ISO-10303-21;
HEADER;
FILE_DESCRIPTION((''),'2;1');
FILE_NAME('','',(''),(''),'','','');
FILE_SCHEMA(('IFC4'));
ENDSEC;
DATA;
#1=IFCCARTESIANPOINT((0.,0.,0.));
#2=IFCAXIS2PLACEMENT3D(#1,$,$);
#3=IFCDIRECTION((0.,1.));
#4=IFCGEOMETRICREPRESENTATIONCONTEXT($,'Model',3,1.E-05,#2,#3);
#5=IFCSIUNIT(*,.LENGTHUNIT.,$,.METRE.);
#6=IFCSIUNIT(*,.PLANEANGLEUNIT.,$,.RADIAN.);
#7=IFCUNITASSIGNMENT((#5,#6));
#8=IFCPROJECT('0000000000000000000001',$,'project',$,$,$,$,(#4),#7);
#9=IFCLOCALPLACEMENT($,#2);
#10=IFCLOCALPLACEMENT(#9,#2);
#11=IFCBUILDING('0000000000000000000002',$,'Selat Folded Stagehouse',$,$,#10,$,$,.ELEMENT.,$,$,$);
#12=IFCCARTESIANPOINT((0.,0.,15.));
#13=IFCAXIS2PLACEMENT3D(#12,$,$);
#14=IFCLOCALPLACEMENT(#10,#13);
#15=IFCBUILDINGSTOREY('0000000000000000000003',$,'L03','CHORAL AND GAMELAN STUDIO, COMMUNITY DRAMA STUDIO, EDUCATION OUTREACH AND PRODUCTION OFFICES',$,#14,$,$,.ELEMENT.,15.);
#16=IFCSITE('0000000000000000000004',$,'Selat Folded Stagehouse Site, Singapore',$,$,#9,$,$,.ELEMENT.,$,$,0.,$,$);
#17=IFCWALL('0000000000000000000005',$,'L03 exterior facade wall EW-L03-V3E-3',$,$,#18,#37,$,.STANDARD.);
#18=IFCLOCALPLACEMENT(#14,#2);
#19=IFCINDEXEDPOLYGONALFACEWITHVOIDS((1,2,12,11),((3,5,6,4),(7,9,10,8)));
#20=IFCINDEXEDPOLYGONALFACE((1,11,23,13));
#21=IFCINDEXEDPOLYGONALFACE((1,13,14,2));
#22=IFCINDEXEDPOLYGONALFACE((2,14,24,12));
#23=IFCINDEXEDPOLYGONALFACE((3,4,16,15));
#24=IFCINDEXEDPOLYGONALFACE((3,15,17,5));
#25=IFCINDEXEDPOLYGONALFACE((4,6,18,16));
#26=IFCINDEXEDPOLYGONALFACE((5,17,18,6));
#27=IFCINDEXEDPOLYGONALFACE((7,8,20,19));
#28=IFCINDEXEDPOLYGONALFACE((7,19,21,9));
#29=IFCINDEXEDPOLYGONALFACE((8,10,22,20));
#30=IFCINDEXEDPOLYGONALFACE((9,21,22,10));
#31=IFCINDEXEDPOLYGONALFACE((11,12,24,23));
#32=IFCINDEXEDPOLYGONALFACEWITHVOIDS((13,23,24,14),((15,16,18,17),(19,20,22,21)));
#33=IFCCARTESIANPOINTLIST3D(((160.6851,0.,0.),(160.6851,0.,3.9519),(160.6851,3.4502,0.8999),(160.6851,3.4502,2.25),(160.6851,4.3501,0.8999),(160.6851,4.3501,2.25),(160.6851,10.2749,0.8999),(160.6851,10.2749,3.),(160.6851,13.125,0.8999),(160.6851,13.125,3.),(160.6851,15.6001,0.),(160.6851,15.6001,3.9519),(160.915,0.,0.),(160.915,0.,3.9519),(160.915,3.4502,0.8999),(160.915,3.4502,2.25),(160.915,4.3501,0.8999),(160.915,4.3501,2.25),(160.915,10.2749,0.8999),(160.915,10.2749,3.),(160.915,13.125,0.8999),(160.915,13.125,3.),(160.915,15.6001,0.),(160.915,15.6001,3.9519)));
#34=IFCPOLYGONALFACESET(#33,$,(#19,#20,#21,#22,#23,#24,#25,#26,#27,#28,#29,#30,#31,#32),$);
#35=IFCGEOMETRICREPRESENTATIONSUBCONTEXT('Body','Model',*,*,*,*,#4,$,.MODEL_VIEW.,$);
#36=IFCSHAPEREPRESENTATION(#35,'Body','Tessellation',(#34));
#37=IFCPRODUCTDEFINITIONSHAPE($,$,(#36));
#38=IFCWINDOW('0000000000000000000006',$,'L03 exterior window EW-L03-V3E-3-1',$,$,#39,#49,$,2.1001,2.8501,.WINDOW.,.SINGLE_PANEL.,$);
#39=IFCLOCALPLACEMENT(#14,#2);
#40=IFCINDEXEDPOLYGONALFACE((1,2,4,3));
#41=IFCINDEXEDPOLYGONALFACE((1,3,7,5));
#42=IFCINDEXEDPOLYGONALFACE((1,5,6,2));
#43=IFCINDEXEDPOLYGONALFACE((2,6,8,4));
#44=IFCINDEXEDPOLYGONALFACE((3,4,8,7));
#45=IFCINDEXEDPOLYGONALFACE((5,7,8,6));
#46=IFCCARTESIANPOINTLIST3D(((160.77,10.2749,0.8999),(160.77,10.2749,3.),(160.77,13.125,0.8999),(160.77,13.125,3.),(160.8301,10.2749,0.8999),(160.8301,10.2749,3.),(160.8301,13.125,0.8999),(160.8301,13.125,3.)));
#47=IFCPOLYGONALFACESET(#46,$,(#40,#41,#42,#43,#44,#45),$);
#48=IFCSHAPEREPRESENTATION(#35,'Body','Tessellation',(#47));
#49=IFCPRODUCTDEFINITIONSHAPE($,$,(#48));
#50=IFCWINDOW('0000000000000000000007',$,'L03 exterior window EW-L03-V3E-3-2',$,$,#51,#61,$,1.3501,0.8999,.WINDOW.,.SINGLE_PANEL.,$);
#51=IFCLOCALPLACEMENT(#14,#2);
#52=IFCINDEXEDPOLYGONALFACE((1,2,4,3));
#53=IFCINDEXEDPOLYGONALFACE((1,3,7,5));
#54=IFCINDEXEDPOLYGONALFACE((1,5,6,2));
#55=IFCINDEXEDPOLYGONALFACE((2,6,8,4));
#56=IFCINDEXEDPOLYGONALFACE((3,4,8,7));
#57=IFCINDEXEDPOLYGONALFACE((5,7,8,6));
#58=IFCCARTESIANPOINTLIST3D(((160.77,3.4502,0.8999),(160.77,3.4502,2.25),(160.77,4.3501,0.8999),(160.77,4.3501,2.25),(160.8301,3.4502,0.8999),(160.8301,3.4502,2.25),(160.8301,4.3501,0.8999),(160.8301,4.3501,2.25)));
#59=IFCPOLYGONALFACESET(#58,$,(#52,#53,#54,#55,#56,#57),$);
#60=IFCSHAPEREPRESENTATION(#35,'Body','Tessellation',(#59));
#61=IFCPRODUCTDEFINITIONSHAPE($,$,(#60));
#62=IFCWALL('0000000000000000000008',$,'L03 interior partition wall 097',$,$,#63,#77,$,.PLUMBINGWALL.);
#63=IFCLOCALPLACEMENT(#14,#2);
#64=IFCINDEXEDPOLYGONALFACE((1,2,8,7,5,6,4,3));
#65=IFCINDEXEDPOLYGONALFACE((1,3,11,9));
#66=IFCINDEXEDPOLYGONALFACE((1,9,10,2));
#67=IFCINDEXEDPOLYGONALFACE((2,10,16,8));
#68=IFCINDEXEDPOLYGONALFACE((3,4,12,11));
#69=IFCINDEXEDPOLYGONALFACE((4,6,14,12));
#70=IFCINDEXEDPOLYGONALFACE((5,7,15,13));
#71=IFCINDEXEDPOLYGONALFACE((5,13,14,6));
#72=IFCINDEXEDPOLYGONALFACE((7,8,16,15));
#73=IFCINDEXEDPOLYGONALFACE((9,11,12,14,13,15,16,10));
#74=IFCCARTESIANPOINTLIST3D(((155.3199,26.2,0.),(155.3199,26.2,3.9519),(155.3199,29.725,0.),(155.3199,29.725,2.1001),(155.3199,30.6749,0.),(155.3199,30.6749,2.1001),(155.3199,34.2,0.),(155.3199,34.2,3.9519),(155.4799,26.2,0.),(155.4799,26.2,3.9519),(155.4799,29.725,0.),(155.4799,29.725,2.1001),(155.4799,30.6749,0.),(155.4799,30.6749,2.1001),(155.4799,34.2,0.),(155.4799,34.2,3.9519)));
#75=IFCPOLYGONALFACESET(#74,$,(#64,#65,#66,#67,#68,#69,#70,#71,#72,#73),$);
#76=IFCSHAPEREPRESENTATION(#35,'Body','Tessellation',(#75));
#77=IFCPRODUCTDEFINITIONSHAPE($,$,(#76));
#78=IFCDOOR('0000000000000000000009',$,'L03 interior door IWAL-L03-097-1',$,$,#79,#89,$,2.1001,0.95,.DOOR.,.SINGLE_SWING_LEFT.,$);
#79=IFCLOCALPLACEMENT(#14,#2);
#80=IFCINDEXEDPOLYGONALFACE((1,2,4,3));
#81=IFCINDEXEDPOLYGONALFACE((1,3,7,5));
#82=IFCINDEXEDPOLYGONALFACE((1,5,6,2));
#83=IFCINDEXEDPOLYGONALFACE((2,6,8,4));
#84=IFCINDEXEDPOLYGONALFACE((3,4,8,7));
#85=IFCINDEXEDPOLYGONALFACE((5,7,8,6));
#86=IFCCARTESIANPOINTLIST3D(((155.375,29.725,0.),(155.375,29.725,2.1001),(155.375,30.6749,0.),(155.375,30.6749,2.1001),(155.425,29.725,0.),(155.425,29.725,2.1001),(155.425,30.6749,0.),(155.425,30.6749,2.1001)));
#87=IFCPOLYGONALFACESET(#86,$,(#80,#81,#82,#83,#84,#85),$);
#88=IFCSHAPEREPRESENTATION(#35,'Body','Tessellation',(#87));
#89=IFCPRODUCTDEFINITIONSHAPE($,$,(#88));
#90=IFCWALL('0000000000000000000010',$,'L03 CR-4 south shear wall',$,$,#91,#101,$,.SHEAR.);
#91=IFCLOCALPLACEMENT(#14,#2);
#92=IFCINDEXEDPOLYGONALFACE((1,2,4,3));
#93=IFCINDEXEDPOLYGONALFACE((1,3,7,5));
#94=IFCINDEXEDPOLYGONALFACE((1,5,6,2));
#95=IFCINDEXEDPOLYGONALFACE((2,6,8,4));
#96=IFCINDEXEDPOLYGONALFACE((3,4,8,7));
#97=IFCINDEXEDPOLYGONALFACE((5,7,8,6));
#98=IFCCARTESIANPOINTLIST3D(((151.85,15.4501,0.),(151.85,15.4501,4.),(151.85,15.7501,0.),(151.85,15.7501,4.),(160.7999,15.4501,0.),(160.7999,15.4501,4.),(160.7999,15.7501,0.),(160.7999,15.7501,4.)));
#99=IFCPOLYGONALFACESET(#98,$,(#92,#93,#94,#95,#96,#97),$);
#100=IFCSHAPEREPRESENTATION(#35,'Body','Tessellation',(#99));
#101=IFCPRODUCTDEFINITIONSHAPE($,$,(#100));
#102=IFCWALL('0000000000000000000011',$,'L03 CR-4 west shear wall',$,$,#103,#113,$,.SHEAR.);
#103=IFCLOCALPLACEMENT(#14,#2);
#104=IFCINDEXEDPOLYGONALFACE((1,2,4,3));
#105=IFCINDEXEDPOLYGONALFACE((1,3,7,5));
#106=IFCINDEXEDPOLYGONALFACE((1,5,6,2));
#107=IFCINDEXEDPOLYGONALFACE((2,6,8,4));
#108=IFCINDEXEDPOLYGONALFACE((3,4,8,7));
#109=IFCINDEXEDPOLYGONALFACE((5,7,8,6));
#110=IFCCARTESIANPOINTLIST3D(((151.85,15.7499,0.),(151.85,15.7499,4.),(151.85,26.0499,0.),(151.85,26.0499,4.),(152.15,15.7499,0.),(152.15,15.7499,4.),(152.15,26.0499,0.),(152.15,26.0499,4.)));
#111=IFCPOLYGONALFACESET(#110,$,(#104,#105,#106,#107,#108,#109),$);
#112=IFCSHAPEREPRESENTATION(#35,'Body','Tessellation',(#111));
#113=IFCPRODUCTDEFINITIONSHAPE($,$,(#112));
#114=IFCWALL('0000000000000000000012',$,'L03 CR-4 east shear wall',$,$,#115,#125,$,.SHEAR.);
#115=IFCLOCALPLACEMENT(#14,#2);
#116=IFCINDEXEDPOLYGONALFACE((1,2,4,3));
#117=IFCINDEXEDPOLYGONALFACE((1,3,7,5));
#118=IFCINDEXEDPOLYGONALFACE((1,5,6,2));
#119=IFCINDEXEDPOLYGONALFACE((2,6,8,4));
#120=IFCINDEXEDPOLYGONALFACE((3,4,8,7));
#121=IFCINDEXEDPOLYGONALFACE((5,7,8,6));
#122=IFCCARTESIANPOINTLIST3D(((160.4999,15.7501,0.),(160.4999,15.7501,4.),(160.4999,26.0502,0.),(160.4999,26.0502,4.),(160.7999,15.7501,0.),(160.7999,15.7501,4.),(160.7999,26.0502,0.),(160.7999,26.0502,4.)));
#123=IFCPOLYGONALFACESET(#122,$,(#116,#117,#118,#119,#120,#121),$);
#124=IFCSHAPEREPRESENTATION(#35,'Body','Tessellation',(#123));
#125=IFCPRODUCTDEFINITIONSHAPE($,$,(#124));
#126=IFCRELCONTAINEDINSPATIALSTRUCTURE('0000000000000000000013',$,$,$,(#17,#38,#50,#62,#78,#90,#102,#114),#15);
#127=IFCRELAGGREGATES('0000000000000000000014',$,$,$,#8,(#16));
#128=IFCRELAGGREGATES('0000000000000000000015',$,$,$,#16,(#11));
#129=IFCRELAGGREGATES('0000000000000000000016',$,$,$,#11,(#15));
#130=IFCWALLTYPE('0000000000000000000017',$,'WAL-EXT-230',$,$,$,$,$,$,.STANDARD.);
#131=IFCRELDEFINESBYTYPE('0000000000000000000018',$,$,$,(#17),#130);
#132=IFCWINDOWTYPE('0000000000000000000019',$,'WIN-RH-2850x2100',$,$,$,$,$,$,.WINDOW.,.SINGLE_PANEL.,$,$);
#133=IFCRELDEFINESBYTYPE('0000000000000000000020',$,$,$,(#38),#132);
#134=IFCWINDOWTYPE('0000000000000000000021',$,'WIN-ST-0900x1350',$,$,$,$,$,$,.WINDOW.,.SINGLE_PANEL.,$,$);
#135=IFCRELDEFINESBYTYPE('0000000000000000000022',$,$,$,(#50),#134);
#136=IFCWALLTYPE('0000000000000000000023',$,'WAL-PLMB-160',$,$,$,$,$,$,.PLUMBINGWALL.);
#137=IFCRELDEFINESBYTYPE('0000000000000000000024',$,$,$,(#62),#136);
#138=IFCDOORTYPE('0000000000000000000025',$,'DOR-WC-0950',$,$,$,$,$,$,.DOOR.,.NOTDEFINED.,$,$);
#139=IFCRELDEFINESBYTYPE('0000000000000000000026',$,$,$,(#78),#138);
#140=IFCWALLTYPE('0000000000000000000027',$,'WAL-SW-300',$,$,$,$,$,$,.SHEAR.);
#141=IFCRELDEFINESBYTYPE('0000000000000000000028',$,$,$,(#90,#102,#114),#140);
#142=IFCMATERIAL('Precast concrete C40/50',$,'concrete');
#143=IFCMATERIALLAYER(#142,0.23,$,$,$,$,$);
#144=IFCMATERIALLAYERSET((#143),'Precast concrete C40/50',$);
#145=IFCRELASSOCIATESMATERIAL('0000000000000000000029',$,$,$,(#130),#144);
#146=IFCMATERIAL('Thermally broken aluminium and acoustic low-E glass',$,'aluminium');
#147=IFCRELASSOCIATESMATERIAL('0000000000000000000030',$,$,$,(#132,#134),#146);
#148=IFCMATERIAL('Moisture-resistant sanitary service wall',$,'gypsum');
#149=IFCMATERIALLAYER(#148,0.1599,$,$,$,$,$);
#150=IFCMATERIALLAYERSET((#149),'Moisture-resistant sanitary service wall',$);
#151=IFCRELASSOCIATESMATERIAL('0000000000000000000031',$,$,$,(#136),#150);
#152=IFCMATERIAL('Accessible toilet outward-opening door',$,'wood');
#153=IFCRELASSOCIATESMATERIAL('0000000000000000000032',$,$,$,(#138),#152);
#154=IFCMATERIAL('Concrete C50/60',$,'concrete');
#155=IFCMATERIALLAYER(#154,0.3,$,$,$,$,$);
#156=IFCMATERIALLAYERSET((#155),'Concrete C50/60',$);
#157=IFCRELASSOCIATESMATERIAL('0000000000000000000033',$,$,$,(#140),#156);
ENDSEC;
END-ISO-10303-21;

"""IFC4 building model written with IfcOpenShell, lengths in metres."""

from ifc_helpers import new_model, si_unit, direction, frame, frame_2d, origin, place, context, subcontext, project, spatial, rectangle, extrude, material, layer, layer_set, type_object, element, fill, save


model = new_model("IFC4")

# Units and contexts
model_context = context("Model", 3, precision=1e-05, world=origin(), true_north=direction((0.0, 1.0)))
body_context = subcontext(model_context, "Body", "Model", "MODEL_VIEW")
ifc_project = project(units=[si_unit("LENGTHUNIT", "METRE"), si_unit("PLANEANGLEUNIT", "RADIAN")], contexts=[model_context])

# Site, building, storey
site_placement = place(None, origin())
site = spatial("IfcSite", under=ifc_project, at=site_placement, Name="Selat Folded Stagehouse Site, Singapore", CompositionType="ELEMENT", RefElevation=0.0)
building_placement = place(site_placement, origin())
building = spatial("IfcBuilding", under=site, at=building_placement, Name="Selat Folded Stagehouse", CompositionType="ELEMENT")
storey_placement = place(building_placement, frame((0.0, 0.0, 15.0)))
storey = spatial("IfcBuildingStorey", under=building, at=storey_placement, Name="L03", Description="CHORAL AND GAMELAN STUDIO, COMMUNITY DRAMA STUDIO, EDUCATION OUTREACH AND PRODUCTION OFFICES", CompositionType="ELEMENT", Elevation=15.0)

# Shared definitions
ifc_material_1 = material(Name="Concrete C50/60", Category="concrete")

# Wall, openings, windows
ifc_material_2 = material(Name="Precast concrete C40/50", Category="concrete")
ifc_layer_1 = layer(ifc_material_2, 0.23)
ifc_layer_set_1 = layer_set([ifc_layer_1], Name="Precast concrete C40/50")
wall_type_1 = type_object("IfcWallType", Name="WAL-EXT-230", PredefinedType="STANDARD", material=ifc_layer_set_1)
ifc_material_3 = material(Name="Thermally broken aluminium and acoustic low-E glass", Category="aluminium")
wall_1_placement = place(storey_placement, frame((160.8, 15.6001, 0.0), z_axis=(0.0, 0.0, 1.0), x_axis=(0.0, -1.0, 0.0)))
wall_1 = element("IfcWall", 1, at=wall_1_placement, inside=storey, type_object=wall_type_1, Name="L03 exterior facade wall EW-L03-V3E-3", PredefinedType="STANDARD", context=body_context, shape_type="SweptSolid", body=[
    extrude(rectangle(XDim=15.6001, YDim=0.23, at=frame_2d((7.8, 0.0))), origin(), (0.0, 0.0, 1.0), 3.9519),
])
opening_1_placement = place(wall_1_placement, frame((2.4751, 0.0, 0.8999)))
opening_1 = element("IfcOpeningElement", 2, at=opening_1_placement, cuts=wall_1, PredefinedType="OPENING", context=body_context, shape_type="SweptSolid", body=[
    extrude(rectangle(XDim=2.8501, YDim=2.1001, at=frame_2d((1.425, 1.05))), frame((0.0, 0.125, 0.0), z_axis=(0.0, -1.0, 0.0), x_axis=(1.0, 0.0, 0.0)), (0.0, 0.0, 1.0), 0.25),
])
opening_2_placement = place(wall_1_placement, frame((11.25, 0.0, 0.8999)))
opening_2 = element("IfcOpeningElement", 3, at=opening_2_placement, cuts=wall_1, PredefinedType="OPENING", context=body_context, shape_type="SweptSolid", body=[
    extrude(rectangle(XDim=0.8999, YDim=1.3501, at=frame_2d((0.45, 0.675))), frame((0.0, 0.125, 0.0), z_axis=(0.0, -1.0, 0.0), x_axis=(1.0, 0.0, 0.0)), (0.0, 0.0, 1.0), 0.25),
])
window_type_1 = type_object("IfcWindowType", Name="WIN-RH-2850x2100", PartitioningType="SINGLE_PANEL", PredefinedType="WINDOW", material=ifc_material_3)
window_1_placement = place(opening_1_placement, origin())
window_1 = element("IfcWindow", 4, at=window_1_placement, inside=storey, type_object=window_type_1, Name="L03 exterior window EW-L03-V3E-3-1", OverallHeight=2.1001, OverallWidth=2.8501, PartitioningType="SINGLE_PANEL", PredefinedType="WINDOW", context=body_context, shape_type="SweptSolid", body=[
    extrude(rectangle(XDim=2.8501, YDim=2.1001, at=frame_2d((1.425, 1.05))), frame((0.0, 0.03, 0.0), z_axis=(0.0, -1.0, 0.0), x_axis=(1.0, 0.0, 0.0)), (0.0, 0.0, 1.0), 0.0601),
])
fill(opening_1, window_1)
window_type_2 = type_object("IfcWindowType", Name="WIN-ST-0900x1350", PartitioningType="SINGLE_PANEL", PredefinedType="WINDOW", material=ifc_material_3)
window_2_placement = place(opening_2_placement, origin())
window_2 = element("IfcWindow", 5, at=window_2_placement, inside=storey, type_object=window_type_2, Name="L03 exterior window EW-L03-V3E-3-2", OverallHeight=1.3501, OverallWidth=0.8999, PartitioningType="SINGLE_PANEL", PredefinedType="WINDOW", context=body_context, shape_type="SweptSolid", body=[
    extrude(rectangle(XDim=0.8999, YDim=1.3501, at=frame_2d((0.45, 0.675))), frame((0.0, 0.03, 0.0), z_axis=(0.0, -1.0, 0.0), x_axis=(1.0, 0.0, 0.0)), (0.0, 0.0, 1.0), 0.0601),
])
fill(opening_2, window_2)

# Wall, opening, door
ifc_material_4 = material(Name="Moisture-resistant sanitary service wall", Category="gypsum")
ifc_layer_2 = layer(ifc_material_4, 0.1599)
ifc_layer_set_2 = layer_set([ifc_layer_2], Name="Moisture-resistant sanitary service wall")
wall_type_2 = type_object("IfcWallType", Name="WAL-PLMB-160", PredefinedType="PLUMBINGWALL", material=ifc_layer_set_2)
wall_2_placement = place(storey_placement, frame((155.3999, 26.2, 0.0), z_axis=(0.0, 0.0, 1.0), x_axis=(0.0, 1.0, 0.0)))
wall_2 = element("IfcWall", 6, at=wall_2_placement, inside=storey, type_object=wall_type_2, Name="L03 interior partition wall 097", PredefinedType="PLUMBINGWALL", context=body_context, shape_type="SweptSolid", body=[
    extrude(rectangle(XDim=8.0, YDim=0.1599, at=frame_2d((4.0, 0.0))), origin(), (0.0, 0.0, 1.0), 3.9519),
])
opening_3_placement = place(wall_2_placement, frame((3.5249, 0.0, 0.0)))
opening_3 = element("IfcOpeningElement", 7, at=opening_3_placement, cuts=wall_2, PredefinedType="OPENING", context=body_context, shape_type="SweptSolid", body=[
    extrude(rectangle(XDim=0.95, YDim=2.1001, at=frame_2d((0.4751, 1.05))), frame((0.0, 0.0898, 0.0), z_axis=(0.0, -1.0, 0.0), x_axis=(1.0, 0.0, 0.0)), (0.0, 0.0, 1.0), 0.1799),
])
ifc_material_5 = material(Name="Accessible toilet outward-opening door", Category="wood")
door_type_1 = type_object("IfcDoorType", Name="DOR-WC-0950", OperationType="NOTDEFINED", PredefinedType="DOOR", material=ifc_material_5)
door_1_placement = place(opening_3_placement, origin())
door_1 = element("IfcDoor", 8, at=door_1_placement, inside=storey, type_object=door_type_1, Name="L03 interior door IWAL-L03-097-1", OperationType="SINGLE_SWING_LEFT", OverallHeight=2.1001, OverallWidth=0.95, PredefinedType="DOOR", context=body_context, shape_type="SweptSolid", body=[
    extrude(rectangle(XDim=0.95, YDim=2.1001, at=frame_2d((0.4751, 1.05))), frame((0.0, 0.0249, 0.0), z_axis=(0.0, -1.0, 0.0), x_axis=(1.0, 0.0, 0.0)), (0.0, 0.0, 1.0), 0.05),
])
fill(opening_3, door_1)

# Wall
ifc_layer_3 = layer(ifc_material_1, 0.3)
ifc_layer_set_3 = layer_set([ifc_layer_3], Name="Concrete C50/60")
wall_type_3 = type_object("IfcWallType", Name="WAL-SW-300", PredefinedType="SHEAR", material=ifc_layer_set_3)
wall_3_placement = place(storey_placement, frame((160.8, 15.6001, 0.0), z_axis=(0.0, 0.0, 1.0), x_axis=(-1.0, 0.0, 0.0)))
element("IfcWall", 9, at=wall_3_placement, inside=storey, type_object=wall_type_3, Name="L03 CR-4 south shear wall", PredefinedType="SHEAR", context=body_context, shape_type="SweptSolid", body=[
    extrude(rectangle(XDim=8.95, YDim=0.3, at=frame_2d((4.4751, 0.0))), origin(), (0.0, 0.0, 1.0), 4.0),
])

# Walls
for number, where, z_axis, x_axis, name in (
    (10, (152.0, 15.75, 0.0), (0.0, 0.0, 1.0), (0.0, 1.0, 0.0), "L03 CR-4 west shear wall"),
    (11, (160.6499, 26.05, 0.0), (0.0, 0.0, 1.0), (0.0, -1.0, 0.0), "L03 CR-4 east shear wall"),
):
    element("IfcWall", number, at=place(storey_placement, frame(where, z_axis=z_axis, x_axis=x_axis)), inside=storey, type_object=wall_type_3, Name=name, PredefinedType="SHEAR", context=body_context, shape_type="SweptSolid", body=[
        extrude(rectangle(XDim=10.3, YDim=0.3, at=frame_2d((5.1499, 0.0))), origin(), (0.0, 0.0, 1.0), 4.0),
    ])

save(model, "model.ifc")
